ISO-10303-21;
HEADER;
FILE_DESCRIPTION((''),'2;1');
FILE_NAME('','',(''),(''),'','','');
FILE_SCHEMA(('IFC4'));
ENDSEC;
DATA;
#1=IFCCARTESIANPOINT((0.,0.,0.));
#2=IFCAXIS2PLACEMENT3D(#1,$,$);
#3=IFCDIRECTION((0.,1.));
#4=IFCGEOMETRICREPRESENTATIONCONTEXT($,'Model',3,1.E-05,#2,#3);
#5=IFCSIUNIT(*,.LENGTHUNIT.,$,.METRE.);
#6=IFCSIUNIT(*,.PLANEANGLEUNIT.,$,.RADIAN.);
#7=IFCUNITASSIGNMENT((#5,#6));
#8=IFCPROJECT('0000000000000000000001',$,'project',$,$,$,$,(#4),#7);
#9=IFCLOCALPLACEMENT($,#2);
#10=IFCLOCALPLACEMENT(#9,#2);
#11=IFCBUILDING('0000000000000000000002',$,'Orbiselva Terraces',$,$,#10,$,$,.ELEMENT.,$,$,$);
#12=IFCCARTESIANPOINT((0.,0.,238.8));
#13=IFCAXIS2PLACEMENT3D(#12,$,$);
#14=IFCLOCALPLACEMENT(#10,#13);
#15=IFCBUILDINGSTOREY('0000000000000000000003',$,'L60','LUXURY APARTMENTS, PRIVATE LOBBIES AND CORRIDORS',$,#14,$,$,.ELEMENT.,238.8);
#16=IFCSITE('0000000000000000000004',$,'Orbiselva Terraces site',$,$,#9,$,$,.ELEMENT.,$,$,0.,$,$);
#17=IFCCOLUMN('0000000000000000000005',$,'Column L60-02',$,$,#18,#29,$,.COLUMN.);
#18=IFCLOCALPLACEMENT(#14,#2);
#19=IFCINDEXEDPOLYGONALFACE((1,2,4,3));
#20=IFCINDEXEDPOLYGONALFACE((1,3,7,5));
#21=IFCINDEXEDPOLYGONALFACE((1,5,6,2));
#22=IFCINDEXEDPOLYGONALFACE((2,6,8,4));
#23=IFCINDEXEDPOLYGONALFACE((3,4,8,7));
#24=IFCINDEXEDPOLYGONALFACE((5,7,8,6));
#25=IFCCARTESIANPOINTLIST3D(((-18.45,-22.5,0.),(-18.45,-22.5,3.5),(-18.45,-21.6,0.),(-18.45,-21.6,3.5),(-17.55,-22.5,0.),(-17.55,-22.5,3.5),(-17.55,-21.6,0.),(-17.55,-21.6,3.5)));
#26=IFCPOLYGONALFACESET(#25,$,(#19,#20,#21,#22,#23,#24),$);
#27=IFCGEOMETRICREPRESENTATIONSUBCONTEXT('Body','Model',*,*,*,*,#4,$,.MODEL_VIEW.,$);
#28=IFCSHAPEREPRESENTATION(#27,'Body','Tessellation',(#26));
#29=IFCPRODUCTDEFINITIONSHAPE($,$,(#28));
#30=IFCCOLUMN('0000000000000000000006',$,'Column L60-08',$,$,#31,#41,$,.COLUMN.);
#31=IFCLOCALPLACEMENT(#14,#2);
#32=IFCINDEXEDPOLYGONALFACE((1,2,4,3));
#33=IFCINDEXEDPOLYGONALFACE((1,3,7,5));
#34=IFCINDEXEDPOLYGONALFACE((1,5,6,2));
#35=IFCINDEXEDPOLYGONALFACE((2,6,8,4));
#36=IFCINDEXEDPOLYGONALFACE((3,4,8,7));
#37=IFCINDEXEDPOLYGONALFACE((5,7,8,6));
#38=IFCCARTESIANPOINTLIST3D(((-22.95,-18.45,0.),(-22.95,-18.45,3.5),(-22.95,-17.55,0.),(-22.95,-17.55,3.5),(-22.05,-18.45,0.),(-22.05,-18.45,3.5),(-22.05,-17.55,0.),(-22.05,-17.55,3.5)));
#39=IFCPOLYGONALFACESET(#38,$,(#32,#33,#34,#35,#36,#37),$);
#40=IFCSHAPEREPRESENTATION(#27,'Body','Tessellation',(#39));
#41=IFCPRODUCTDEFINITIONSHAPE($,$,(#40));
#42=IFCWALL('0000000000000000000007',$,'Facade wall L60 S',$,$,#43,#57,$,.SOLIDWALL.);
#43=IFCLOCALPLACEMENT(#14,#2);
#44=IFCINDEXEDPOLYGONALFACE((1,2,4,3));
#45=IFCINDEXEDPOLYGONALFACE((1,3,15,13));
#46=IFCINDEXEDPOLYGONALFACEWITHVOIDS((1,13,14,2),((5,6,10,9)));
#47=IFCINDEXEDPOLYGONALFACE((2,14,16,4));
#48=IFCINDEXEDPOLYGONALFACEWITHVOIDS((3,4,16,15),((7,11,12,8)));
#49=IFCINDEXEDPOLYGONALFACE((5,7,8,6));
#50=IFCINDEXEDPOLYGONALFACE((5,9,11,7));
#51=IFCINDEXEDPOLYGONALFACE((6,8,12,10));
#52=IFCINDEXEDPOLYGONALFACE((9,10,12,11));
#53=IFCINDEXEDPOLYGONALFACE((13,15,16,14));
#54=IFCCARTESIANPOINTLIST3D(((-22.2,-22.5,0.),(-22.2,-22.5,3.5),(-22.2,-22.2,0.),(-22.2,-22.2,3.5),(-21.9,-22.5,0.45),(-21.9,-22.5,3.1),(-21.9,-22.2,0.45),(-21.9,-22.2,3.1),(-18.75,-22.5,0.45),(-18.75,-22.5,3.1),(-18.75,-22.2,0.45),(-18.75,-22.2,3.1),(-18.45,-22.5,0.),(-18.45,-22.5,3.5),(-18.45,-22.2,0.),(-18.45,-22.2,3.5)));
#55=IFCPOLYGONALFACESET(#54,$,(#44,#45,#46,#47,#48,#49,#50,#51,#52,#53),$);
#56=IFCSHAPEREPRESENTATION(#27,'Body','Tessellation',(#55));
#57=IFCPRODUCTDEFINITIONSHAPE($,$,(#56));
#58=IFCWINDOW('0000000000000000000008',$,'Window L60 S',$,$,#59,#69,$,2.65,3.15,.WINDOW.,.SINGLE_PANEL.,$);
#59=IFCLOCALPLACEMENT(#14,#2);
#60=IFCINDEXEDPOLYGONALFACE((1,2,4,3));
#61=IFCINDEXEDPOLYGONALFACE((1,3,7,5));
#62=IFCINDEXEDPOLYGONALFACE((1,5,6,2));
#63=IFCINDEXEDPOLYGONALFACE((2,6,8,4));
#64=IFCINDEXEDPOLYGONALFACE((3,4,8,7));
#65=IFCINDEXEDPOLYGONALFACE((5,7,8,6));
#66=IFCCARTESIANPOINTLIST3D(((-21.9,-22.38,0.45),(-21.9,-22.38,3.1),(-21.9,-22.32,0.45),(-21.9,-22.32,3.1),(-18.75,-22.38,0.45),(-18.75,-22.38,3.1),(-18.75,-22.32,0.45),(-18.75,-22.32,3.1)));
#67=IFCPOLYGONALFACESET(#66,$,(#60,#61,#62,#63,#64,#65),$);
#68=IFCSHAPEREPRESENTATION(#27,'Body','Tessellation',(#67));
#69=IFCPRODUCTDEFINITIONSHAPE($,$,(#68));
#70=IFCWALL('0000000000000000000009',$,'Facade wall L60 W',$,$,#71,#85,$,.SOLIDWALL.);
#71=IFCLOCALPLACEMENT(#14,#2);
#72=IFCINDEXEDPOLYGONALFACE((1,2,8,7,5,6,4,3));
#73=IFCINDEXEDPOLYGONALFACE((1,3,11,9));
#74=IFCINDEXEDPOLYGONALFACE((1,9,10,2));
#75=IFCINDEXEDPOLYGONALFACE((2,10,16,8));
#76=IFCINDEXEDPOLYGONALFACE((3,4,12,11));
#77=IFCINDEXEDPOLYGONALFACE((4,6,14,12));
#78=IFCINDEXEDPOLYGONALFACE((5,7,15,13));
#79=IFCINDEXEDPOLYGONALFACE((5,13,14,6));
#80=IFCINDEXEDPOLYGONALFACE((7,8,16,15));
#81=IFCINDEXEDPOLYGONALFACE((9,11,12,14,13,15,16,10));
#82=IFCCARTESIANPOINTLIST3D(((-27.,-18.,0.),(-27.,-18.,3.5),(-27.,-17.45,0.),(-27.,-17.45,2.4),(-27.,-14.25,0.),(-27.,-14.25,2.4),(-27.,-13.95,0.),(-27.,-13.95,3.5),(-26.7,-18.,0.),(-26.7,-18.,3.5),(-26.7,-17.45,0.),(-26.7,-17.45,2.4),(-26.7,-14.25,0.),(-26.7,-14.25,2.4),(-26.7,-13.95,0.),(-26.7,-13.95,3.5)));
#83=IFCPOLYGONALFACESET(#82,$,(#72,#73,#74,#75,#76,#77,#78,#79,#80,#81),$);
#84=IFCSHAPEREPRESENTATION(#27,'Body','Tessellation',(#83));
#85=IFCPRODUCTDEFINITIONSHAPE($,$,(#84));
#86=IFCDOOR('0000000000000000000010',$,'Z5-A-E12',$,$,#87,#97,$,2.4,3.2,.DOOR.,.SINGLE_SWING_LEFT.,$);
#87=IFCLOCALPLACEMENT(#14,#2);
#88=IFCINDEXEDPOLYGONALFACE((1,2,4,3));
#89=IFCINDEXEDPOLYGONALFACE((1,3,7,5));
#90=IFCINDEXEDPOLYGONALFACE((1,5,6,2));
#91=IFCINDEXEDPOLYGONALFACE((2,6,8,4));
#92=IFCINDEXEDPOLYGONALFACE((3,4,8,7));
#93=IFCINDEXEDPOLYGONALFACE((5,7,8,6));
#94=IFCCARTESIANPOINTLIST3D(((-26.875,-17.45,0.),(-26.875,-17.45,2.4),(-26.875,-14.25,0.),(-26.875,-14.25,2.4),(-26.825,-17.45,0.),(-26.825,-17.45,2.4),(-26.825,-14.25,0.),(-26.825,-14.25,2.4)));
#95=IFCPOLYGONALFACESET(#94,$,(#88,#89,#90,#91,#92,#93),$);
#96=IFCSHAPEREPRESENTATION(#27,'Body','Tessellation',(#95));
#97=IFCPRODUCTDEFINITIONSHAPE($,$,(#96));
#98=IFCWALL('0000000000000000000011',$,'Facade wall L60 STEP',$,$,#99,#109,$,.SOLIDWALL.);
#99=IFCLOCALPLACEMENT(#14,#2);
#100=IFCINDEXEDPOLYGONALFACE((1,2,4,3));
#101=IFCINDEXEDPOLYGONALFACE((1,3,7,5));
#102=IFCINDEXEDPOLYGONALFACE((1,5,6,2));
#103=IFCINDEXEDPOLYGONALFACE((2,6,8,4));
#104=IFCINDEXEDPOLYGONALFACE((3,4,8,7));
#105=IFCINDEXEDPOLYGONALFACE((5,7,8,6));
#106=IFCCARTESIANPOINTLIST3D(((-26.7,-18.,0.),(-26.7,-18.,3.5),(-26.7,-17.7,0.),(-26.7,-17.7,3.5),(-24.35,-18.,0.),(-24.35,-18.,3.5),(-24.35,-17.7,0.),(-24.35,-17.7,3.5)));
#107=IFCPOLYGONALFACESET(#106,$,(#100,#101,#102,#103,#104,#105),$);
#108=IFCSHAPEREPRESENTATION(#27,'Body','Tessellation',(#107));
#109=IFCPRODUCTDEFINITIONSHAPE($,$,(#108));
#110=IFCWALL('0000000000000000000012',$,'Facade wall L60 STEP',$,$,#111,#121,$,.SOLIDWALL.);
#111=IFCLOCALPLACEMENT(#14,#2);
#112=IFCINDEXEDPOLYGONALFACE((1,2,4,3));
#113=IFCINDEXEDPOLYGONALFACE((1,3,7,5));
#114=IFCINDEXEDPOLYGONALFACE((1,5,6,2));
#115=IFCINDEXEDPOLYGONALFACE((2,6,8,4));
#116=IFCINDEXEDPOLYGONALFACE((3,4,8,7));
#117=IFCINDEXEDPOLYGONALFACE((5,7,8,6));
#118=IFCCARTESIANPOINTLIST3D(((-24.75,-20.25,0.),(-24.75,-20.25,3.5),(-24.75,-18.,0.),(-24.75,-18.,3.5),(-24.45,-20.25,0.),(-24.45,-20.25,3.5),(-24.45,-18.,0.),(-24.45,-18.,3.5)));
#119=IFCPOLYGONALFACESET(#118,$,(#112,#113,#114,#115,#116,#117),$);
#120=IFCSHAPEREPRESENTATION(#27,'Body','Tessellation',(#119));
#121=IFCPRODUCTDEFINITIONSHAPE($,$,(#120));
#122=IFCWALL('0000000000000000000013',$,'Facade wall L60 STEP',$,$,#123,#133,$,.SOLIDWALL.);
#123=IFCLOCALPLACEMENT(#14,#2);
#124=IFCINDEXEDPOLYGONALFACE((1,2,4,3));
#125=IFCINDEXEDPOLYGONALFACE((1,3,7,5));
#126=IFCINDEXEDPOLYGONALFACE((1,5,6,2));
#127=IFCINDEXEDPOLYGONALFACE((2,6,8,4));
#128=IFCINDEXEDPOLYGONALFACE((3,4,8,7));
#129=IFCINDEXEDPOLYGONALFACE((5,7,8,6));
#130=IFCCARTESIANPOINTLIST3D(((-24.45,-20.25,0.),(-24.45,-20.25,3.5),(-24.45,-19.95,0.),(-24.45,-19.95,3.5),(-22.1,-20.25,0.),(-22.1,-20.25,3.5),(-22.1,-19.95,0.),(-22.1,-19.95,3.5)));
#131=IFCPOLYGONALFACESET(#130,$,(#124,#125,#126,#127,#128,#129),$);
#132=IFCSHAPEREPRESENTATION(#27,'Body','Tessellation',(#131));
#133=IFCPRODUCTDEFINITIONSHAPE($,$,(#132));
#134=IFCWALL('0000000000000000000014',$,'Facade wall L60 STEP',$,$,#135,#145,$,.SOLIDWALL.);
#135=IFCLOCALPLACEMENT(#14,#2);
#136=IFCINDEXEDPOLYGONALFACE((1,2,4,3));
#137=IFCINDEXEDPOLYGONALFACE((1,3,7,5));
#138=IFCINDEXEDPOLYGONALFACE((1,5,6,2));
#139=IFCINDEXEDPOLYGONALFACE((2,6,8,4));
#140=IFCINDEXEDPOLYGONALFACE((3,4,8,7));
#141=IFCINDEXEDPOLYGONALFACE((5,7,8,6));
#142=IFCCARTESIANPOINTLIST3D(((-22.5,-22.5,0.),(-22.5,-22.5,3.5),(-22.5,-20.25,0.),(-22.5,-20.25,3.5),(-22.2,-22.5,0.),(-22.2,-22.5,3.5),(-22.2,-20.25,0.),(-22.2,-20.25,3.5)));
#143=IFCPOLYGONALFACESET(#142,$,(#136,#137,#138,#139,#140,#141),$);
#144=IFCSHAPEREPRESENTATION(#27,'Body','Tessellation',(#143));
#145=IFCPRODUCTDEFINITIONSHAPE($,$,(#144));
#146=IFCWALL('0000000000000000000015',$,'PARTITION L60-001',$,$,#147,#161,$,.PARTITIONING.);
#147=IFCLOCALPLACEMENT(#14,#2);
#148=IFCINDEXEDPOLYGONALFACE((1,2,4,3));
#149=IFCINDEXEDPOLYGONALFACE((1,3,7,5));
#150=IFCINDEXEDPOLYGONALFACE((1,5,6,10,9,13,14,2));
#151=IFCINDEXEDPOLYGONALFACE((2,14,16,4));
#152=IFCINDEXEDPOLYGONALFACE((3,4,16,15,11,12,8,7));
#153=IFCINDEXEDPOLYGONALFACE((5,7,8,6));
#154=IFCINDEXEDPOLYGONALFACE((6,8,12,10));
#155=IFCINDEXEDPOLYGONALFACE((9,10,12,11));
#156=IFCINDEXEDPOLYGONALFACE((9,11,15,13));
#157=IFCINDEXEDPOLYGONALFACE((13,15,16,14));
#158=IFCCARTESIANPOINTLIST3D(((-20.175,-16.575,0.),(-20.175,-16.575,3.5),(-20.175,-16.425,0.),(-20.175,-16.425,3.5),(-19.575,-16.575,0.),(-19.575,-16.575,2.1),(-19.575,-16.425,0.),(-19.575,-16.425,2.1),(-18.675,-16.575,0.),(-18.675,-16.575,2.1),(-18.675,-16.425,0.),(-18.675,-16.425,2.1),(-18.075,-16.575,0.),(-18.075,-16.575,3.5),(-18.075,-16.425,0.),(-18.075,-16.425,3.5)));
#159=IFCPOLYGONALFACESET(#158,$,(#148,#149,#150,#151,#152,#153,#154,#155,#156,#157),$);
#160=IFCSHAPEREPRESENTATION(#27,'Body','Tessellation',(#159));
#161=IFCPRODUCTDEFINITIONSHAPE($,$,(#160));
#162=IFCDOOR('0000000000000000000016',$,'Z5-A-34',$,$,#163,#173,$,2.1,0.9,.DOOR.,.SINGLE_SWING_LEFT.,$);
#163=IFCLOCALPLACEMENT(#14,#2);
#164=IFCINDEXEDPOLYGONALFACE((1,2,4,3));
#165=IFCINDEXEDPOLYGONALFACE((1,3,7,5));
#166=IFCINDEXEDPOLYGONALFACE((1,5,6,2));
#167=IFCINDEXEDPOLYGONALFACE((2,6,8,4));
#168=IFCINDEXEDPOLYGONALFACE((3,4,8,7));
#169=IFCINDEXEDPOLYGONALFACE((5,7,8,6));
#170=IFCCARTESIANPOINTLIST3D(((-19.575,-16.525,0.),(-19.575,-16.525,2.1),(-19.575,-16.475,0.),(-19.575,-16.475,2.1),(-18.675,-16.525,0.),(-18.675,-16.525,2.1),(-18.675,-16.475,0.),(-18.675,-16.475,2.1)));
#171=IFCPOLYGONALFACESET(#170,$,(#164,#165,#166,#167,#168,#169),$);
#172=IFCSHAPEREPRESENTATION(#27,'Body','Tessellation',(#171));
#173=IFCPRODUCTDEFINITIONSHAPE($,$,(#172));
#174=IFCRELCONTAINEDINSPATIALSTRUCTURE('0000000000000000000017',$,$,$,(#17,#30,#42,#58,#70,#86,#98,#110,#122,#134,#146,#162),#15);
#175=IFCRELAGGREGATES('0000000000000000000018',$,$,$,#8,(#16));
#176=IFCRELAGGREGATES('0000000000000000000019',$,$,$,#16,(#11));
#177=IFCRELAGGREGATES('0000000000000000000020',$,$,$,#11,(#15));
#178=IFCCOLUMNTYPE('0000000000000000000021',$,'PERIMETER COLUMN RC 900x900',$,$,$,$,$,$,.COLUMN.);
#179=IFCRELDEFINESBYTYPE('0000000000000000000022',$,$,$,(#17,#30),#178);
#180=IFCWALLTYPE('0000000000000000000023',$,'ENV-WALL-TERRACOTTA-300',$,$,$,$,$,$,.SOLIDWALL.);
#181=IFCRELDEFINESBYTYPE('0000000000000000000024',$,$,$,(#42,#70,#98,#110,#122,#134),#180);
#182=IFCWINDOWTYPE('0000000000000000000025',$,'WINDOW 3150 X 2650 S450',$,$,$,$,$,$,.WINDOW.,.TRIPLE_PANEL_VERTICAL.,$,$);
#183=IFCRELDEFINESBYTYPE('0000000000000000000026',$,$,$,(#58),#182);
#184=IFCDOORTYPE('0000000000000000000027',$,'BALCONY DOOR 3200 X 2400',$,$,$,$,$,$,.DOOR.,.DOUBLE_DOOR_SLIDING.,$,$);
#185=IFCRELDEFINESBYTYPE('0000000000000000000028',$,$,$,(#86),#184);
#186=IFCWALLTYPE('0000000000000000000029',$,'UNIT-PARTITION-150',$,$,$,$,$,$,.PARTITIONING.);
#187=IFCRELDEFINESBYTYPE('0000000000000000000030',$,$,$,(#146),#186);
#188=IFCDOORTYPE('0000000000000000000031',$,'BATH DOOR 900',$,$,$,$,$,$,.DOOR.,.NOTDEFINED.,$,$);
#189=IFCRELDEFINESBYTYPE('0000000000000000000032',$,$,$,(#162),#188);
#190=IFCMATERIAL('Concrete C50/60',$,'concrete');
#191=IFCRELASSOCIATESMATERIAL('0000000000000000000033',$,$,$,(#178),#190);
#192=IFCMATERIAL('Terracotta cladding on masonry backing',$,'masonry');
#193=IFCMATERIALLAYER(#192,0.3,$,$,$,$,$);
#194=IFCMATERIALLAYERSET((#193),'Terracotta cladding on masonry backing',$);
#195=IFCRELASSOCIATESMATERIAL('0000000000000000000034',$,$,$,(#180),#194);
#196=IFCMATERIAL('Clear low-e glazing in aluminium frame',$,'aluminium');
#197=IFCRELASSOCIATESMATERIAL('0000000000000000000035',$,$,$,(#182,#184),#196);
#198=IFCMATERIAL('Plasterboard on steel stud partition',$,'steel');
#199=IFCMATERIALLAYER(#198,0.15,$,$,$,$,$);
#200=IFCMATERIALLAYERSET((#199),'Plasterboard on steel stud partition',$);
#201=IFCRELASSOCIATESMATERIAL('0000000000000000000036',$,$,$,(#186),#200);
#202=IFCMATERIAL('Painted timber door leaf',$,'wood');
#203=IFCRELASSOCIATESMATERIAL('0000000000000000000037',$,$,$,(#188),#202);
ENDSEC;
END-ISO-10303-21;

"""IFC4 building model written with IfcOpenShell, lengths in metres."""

from ifc_helpers import new_model, si_unit, direction, frame, frame_2d, origin, origin_2d, place, context, subcontext, project, spatial, rectangle, extrude, material, layer, layer_set, material_profile, profile_set, type_object, element, fill, save


model = new_model("IFC4")

# Units and contexts
model_context = context("Model", 3, precision=1e-05, world=origin(), true_north=direction((0.0, 1.0)))
body_context = subcontext(model_context, "Body", "Model", "MODEL_VIEW")
ifc_project = project(units=[si_unit("LENGTHUNIT", "METRE"), si_unit("PLANEANGLEUNIT", "RADIAN")], contexts=[model_context])

# Site, building, storey
site_placement = place(None, origin())
site = spatial("IfcSite", under=ifc_project, at=site_placement, Name="Orbiselva Terraces site", CompositionType="ELEMENT", RefElevation=0.0)
building_placement = place(site_placement, origin())
building = spatial("IfcBuilding", under=site, at=building_placement, Name="Orbiselva Terraces", CompositionType="ELEMENT")
storey_placement = place(building_placement, frame((0.0, 0.0, 238.8)))
storey = spatial("IfcBuildingStorey", under=building, at=storey_placement, Name="L60", Description="LUXURY APARTMENTS, PRIVATE LOBBIES AND CORRIDORS", CompositionType="ELEMENT", Elevation=238.8)

# Columns
ifc_material_1 = material(Name="Concrete C50/60", Category="concrete")
ifc_material_profile = material_profile(ifc_material_1, rectangle(XDim=0.9, YDim=0.9, at=origin_2d()), Name="RC 900x900")
ifc_profile_set = profile_set([ifc_material_profile], Name="Concrete C50/60")
column_type = type_object("IfcColumnType", Name="PERIMETER COLUMN RC 900x900", PredefinedType="COLUMN", material=ifc_profile_set)
for number, where, z_axis, x_axis, name in (
    (1, (-18.0, -22.05, 0.0), (0.0, 0.0, 1.0), (1.0, 0.0, 0.0), "Column L60-02"),
    (2, (-22.5, -18.0, 0.0), (0.0, 0.0, 1.0), (1.0, 0.0, 0.0), "Column L60-08"),
):
    element("IfcColumn", number, at=place(storey_placement, frame(where, z_axis=z_axis, x_axis=x_axis)), inside=storey, type_object=column_type, Name=name, PredefinedType="COLUMN", context=body_context, shape_type="SweptSolid", body=[
        extrude(rectangle(XDim=0.9, YDim=0.9, at=origin_2d()), origin(), (0.0, 0.0, 1.0), 3.5),
    ])

# Wall, opening, window
ifc_material_2 = material(Name="Terracotta cladding on masonry backing", Category="masonry")
ifc_layer_1 = layer(ifc_material_2, 0.3)
ifc_layer_set_1 = layer_set([ifc_layer_1], Name="Terracotta cladding on masonry backing")
wall_type_1 = type_object("IfcWallType", Name="ENV-WALL-TERRACOTTA-300", PredefinedType="SOLIDWALL", material=ifc_layer_set_1)
wall_1_placement = place(storey_placement, frame((-18.45, -22.35, 0.0), z_axis=(0.0, 0.0, 1.0), x_axis=(-1.0, 0.0, 0.0)))
wall_1 = element("IfcWall", 3, at=wall_1_placement, inside=storey, type_object=wall_type_1, Name="Facade wall L60 S", PredefinedType="SOLIDWALL", context=body_context, shape_type="SweptSolid", body=[
    extrude(rectangle(XDim=3.75, YDim=0.3, at=frame_2d((1.875, 0.0))), origin(), (0.0, 0.0, 1.0), 3.5),
])
opening_1_placement = place(wall_1_placement, frame((0.3, 0.0, 0.45)))
opening_1 = element("IfcOpeningElement", 4, at=opening_1_placement, cuts=wall_1, PredefinedType="OPENING", context=body_context, shape_type="SweptSolid", body=[
    extrude(rectangle(XDim=3.15, YDim=2.65, at=frame_2d((1.575, 1.325))), frame((0.0, 0.16, 0.0), z_axis=(0.0, -1.0, 0.0), x_axis=(1.0, 0.0, 0.0)), (0.0, 0.0, 1.0), 0.32),
])
ifc_material_3 = material(Name="Clear low-e glazing in aluminium frame", Category="aluminium")
window_type = type_object("IfcWindowType", Name="WINDOW 3150 X 2650 S450", PartitioningType="TRIPLE_PANEL_VERTICAL", PredefinedType="WINDOW", material=ifc_material_3)
window_placement = place(opening_1_placement, origin())
window = element("IfcWindow", 5, at=window_placement, inside=storey, type_object=window_type, Name="Window L60 S", OverallHeight=2.65, OverallWidth=3.15, PartitioningType="SINGLE_PANEL", PredefinedType="WINDOW", context=body_context, shape_type="SweptSolid", body=[
    extrude(rectangle(XDim=3.15, YDim=2.65, at=frame_2d((1.575, 1.325))), frame((0.0, 0.03, 0.0), z_axis=(0.0, -1.0, 0.0), x_axis=(1.0, 0.0, 0.0)), (0.0, 0.0, 1.0), 0.06),
])
fill(opening_1, window)

# Wall, opening, door
wall_2_placement = place(storey_placement, frame((-26.85, -18.0, 0.0), z_axis=(0.0, 0.0, 1.0), x_axis=(0.0, 1.0, 0.0)))
wall_2 = element("IfcWall", 6, at=wall_2_placement, inside=storey, type_object=wall_type_1, Name="Facade wall L60 W", PredefinedType="SOLIDWALL", context=body_context, shape_type="SweptSolid", body=[
    extrude(rectangle(XDim=4.05, YDim=0.3, at=frame_2d((2.025, 0.0))), origin(), (0.0, 0.0, 1.0), 3.5),
])
opening_2_placement = place(wall_2_placement, frame((0.55, 0.0, 0.0)))
opening_2 = element("IfcOpeningElement", 7, at=opening_2_placement, cuts=wall_2, PredefinedType="OPENING", context=body_context, shape_type="SweptSolid", body=[
    extrude(rectangle(XDim=3.2, YDim=2.4, at=frame_2d((1.6, 1.2))), frame((0.0, 0.16, 0.0), z_axis=(0.0, -1.0, 0.0), x_axis=(1.0, 0.0, 0.0)), (0.0, 0.0, 1.0), 0.32),
])
door_type_1 = type_object("IfcDoorType", Name="BALCONY DOOR 3200 X 2400", OperationType="DOUBLE_DOOR_SLIDING", PredefinedType="DOOR", material=ifc_material_3)
door_1_placement = place(opening_2_placement, origin())
door_1 = element("IfcDoor", 8, at=door_1_placement, inside=storey, type_object=door_type_1, Name="Z5-A-E12", OperationType="SINGLE_SWING_LEFT", OverallHeight=2.4, OverallWidth=3.2, PredefinedType="DOOR", context=body_context, shape_type="SweptSolid", body=[
    extrude(rectangle(XDim=3.2, YDim=2.4, at=frame_2d((1.6, 1.2))), frame((0.0, 0.025, 0.0), z_axis=(0.0, -1.0, 0.0), x_axis=(1.0, 0.0, 0.0)), (0.0, 0.0, 1.0), 0.05),
])
fill(opening_2, door_1)

# Walls
wall_3_placement = place(storey_placement, frame((-24.35, -17.85, 0.0), z_axis=(0.0, 0.0, 1.0), x_axis=(-1.0, 0.0, 0.0)))
element("IfcWall", 9, at=wall_3_placement, inside=storey, type_object=wall_type_1, Name="Facade wall L60 STEP", PredefinedType="SOLIDWALL", context=body_context, shape_type="SweptSolid", body=[
    extrude(rectangle(XDim=2.35, YDim=0.3, at=frame_2d((1.175, 0.0))), origin(), (0.0, 0.0, 1.0), 3.5),
])
wall_4_placement = place(storey_placement, frame((-24.6, -20.25, 0.0), z_axis=(0.0, 0.0, 1.0), x_axis=(0.0, 1.0, 0.0)))
element("IfcWall", 10, at=wall_4_placement, inside=storey, type_object=wall_type_1, Name="Facade wall L60 STEP", PredefinedType="SOLIDWALL", context=body_context, shape_type="SweptSolid", body=[
    extrude(rectangle(XDim=2.25, YDim=0.3, at=frame_2d((1.125, 0.0))), origin(), (0.0, 0.0, 1.0), 3.5),
])
wall_5_placement = place(storey_placement, frame((-22.1, -20.1, 0.0), z_axis=(0.0, 0.0, 1.0), x_axis=(-1.0, 0.0, 0.0)))
element("IfcWall", 11, at=wall_5_placement, inside=storey, type_object=wall_type_1, Name="Facade wall L60 STEP", PredefinedType="SOLIDWALL", context=body_context, shape_type="SweptSolid", body=[
    extrude(rectangle(XDim=2.35, YDim=0.3, at=frame_2d((1.175, 0.0))), origin(), (0.0, 0.0, 1.0), 3.5),
])
wall_6_placement = place(storey_placement, frame((-22.35, -22.5, 0.0), z_axis=(0.0, 0.0, 1.0), x_axis=(0.0, 1.0, 0.0)))
element("IfcWall", 12, at=wall_6_placement, inside=storey, type_object=wall_type_1, Name="Facade wall L60 STEP", PredefinedType="SOLIDWALL", context=body_context, shape_type="SweptSolid", body=[
    extrude(rectangle(XDim=2.25, YDim=0.3, at=frame_2d((1.125, 0.0))), origin(), (0.0, 0.0, 1.0), 3.5),
])

# Wall, opening, door
ifc_material_4 = material(Name="Plasterboard on steel stud partition", Category="steel")
ifc_layer_2 = layer(ifc_material_4, 0.15)
ifc_layer_set_2 = layer_set([ifc_layer_2], Name="Plasterboard on steel stud partition")
wall_type_2 = type_object("IfcWallType", Name="UNIT-PARTITION-150", PredefinedType="PARTITIONING", material=ifc_layer_set_2)
wall_7_placement = place(storey_placement, frame((-20.175, -16.5, 0.0), z_axis=(0.0, 0.0, 1.0), x_axis=(1.0, 0.0, 0.0)))
wall_7 = element("IfcWall", 13, at=wall_7_placement, inside=storey, type_object=wall_type_2, Name="PARTITION L60-001", PredefinedType="PARTITIONING", context=body_context, shape_type="SweptSolid", body=[
    extrude(rectangle(XDim=2.1, YDim=0.15, at=frame_2d((1.05, 0.0))), origin(), (0.0, 0.0, 1.0), 3.5),
])
opening_3_placement = place(wall_7_placement, frame((0.6, 0.0, 0.0)))
opening_3 = element("IfcOpeningElement", 14, at=opening_3_placement, cuts=wall_7, PredefinedType="OPENING", context=body_context, shape_type="SweptSolid", body=[
    extrude(rectangle(XDim=0.9, YDim=2.1, at=frame_2d((0.45, 1.05))), frame((0.0, 0.085, 0.0), z_axis=(0.0, -1.0, 0.0), x_axis=(1.0, 0.0, 0.0)), (0.0, 0.0, 1.0), 0.17),
])
ifc_material_5 = material(Name="Painted timber door leaf", Category="wood")
door_type_2 = type_object("IfcDoorType", Name="BATH DOOR 900", OperationType="NOTDEFINED", PredefinedType="DOOR", material=ifc_material_5)
door_2_placement = place(opening_3_placement, origin())
door_2 = element("IfcDoor", 15, at=door_2_placement, inside=storey, type_object=door_type_2, Name="Z5-A-34", OperationType="SINGLE_SWING_LEFT", OverallHeight=2.1, OverallWidth=0.9, PredefinedType="DOOR", context=body_context, shape_type="SweptSolid", body=[
    extrude(rectangle(XDim=0.9, YDim=2.1, at=frame_2d((0.45, 1.05))), frame((0.0, 0.025, 0.0), z_axis=(0.0, -1.0, 0.0), x_axis=(1.0, 0.0, 0.0)), (0.0, 0.0, 1.0), 0.05),
])
fill(opening_3, door_2)

save(model, "model.ifc")
